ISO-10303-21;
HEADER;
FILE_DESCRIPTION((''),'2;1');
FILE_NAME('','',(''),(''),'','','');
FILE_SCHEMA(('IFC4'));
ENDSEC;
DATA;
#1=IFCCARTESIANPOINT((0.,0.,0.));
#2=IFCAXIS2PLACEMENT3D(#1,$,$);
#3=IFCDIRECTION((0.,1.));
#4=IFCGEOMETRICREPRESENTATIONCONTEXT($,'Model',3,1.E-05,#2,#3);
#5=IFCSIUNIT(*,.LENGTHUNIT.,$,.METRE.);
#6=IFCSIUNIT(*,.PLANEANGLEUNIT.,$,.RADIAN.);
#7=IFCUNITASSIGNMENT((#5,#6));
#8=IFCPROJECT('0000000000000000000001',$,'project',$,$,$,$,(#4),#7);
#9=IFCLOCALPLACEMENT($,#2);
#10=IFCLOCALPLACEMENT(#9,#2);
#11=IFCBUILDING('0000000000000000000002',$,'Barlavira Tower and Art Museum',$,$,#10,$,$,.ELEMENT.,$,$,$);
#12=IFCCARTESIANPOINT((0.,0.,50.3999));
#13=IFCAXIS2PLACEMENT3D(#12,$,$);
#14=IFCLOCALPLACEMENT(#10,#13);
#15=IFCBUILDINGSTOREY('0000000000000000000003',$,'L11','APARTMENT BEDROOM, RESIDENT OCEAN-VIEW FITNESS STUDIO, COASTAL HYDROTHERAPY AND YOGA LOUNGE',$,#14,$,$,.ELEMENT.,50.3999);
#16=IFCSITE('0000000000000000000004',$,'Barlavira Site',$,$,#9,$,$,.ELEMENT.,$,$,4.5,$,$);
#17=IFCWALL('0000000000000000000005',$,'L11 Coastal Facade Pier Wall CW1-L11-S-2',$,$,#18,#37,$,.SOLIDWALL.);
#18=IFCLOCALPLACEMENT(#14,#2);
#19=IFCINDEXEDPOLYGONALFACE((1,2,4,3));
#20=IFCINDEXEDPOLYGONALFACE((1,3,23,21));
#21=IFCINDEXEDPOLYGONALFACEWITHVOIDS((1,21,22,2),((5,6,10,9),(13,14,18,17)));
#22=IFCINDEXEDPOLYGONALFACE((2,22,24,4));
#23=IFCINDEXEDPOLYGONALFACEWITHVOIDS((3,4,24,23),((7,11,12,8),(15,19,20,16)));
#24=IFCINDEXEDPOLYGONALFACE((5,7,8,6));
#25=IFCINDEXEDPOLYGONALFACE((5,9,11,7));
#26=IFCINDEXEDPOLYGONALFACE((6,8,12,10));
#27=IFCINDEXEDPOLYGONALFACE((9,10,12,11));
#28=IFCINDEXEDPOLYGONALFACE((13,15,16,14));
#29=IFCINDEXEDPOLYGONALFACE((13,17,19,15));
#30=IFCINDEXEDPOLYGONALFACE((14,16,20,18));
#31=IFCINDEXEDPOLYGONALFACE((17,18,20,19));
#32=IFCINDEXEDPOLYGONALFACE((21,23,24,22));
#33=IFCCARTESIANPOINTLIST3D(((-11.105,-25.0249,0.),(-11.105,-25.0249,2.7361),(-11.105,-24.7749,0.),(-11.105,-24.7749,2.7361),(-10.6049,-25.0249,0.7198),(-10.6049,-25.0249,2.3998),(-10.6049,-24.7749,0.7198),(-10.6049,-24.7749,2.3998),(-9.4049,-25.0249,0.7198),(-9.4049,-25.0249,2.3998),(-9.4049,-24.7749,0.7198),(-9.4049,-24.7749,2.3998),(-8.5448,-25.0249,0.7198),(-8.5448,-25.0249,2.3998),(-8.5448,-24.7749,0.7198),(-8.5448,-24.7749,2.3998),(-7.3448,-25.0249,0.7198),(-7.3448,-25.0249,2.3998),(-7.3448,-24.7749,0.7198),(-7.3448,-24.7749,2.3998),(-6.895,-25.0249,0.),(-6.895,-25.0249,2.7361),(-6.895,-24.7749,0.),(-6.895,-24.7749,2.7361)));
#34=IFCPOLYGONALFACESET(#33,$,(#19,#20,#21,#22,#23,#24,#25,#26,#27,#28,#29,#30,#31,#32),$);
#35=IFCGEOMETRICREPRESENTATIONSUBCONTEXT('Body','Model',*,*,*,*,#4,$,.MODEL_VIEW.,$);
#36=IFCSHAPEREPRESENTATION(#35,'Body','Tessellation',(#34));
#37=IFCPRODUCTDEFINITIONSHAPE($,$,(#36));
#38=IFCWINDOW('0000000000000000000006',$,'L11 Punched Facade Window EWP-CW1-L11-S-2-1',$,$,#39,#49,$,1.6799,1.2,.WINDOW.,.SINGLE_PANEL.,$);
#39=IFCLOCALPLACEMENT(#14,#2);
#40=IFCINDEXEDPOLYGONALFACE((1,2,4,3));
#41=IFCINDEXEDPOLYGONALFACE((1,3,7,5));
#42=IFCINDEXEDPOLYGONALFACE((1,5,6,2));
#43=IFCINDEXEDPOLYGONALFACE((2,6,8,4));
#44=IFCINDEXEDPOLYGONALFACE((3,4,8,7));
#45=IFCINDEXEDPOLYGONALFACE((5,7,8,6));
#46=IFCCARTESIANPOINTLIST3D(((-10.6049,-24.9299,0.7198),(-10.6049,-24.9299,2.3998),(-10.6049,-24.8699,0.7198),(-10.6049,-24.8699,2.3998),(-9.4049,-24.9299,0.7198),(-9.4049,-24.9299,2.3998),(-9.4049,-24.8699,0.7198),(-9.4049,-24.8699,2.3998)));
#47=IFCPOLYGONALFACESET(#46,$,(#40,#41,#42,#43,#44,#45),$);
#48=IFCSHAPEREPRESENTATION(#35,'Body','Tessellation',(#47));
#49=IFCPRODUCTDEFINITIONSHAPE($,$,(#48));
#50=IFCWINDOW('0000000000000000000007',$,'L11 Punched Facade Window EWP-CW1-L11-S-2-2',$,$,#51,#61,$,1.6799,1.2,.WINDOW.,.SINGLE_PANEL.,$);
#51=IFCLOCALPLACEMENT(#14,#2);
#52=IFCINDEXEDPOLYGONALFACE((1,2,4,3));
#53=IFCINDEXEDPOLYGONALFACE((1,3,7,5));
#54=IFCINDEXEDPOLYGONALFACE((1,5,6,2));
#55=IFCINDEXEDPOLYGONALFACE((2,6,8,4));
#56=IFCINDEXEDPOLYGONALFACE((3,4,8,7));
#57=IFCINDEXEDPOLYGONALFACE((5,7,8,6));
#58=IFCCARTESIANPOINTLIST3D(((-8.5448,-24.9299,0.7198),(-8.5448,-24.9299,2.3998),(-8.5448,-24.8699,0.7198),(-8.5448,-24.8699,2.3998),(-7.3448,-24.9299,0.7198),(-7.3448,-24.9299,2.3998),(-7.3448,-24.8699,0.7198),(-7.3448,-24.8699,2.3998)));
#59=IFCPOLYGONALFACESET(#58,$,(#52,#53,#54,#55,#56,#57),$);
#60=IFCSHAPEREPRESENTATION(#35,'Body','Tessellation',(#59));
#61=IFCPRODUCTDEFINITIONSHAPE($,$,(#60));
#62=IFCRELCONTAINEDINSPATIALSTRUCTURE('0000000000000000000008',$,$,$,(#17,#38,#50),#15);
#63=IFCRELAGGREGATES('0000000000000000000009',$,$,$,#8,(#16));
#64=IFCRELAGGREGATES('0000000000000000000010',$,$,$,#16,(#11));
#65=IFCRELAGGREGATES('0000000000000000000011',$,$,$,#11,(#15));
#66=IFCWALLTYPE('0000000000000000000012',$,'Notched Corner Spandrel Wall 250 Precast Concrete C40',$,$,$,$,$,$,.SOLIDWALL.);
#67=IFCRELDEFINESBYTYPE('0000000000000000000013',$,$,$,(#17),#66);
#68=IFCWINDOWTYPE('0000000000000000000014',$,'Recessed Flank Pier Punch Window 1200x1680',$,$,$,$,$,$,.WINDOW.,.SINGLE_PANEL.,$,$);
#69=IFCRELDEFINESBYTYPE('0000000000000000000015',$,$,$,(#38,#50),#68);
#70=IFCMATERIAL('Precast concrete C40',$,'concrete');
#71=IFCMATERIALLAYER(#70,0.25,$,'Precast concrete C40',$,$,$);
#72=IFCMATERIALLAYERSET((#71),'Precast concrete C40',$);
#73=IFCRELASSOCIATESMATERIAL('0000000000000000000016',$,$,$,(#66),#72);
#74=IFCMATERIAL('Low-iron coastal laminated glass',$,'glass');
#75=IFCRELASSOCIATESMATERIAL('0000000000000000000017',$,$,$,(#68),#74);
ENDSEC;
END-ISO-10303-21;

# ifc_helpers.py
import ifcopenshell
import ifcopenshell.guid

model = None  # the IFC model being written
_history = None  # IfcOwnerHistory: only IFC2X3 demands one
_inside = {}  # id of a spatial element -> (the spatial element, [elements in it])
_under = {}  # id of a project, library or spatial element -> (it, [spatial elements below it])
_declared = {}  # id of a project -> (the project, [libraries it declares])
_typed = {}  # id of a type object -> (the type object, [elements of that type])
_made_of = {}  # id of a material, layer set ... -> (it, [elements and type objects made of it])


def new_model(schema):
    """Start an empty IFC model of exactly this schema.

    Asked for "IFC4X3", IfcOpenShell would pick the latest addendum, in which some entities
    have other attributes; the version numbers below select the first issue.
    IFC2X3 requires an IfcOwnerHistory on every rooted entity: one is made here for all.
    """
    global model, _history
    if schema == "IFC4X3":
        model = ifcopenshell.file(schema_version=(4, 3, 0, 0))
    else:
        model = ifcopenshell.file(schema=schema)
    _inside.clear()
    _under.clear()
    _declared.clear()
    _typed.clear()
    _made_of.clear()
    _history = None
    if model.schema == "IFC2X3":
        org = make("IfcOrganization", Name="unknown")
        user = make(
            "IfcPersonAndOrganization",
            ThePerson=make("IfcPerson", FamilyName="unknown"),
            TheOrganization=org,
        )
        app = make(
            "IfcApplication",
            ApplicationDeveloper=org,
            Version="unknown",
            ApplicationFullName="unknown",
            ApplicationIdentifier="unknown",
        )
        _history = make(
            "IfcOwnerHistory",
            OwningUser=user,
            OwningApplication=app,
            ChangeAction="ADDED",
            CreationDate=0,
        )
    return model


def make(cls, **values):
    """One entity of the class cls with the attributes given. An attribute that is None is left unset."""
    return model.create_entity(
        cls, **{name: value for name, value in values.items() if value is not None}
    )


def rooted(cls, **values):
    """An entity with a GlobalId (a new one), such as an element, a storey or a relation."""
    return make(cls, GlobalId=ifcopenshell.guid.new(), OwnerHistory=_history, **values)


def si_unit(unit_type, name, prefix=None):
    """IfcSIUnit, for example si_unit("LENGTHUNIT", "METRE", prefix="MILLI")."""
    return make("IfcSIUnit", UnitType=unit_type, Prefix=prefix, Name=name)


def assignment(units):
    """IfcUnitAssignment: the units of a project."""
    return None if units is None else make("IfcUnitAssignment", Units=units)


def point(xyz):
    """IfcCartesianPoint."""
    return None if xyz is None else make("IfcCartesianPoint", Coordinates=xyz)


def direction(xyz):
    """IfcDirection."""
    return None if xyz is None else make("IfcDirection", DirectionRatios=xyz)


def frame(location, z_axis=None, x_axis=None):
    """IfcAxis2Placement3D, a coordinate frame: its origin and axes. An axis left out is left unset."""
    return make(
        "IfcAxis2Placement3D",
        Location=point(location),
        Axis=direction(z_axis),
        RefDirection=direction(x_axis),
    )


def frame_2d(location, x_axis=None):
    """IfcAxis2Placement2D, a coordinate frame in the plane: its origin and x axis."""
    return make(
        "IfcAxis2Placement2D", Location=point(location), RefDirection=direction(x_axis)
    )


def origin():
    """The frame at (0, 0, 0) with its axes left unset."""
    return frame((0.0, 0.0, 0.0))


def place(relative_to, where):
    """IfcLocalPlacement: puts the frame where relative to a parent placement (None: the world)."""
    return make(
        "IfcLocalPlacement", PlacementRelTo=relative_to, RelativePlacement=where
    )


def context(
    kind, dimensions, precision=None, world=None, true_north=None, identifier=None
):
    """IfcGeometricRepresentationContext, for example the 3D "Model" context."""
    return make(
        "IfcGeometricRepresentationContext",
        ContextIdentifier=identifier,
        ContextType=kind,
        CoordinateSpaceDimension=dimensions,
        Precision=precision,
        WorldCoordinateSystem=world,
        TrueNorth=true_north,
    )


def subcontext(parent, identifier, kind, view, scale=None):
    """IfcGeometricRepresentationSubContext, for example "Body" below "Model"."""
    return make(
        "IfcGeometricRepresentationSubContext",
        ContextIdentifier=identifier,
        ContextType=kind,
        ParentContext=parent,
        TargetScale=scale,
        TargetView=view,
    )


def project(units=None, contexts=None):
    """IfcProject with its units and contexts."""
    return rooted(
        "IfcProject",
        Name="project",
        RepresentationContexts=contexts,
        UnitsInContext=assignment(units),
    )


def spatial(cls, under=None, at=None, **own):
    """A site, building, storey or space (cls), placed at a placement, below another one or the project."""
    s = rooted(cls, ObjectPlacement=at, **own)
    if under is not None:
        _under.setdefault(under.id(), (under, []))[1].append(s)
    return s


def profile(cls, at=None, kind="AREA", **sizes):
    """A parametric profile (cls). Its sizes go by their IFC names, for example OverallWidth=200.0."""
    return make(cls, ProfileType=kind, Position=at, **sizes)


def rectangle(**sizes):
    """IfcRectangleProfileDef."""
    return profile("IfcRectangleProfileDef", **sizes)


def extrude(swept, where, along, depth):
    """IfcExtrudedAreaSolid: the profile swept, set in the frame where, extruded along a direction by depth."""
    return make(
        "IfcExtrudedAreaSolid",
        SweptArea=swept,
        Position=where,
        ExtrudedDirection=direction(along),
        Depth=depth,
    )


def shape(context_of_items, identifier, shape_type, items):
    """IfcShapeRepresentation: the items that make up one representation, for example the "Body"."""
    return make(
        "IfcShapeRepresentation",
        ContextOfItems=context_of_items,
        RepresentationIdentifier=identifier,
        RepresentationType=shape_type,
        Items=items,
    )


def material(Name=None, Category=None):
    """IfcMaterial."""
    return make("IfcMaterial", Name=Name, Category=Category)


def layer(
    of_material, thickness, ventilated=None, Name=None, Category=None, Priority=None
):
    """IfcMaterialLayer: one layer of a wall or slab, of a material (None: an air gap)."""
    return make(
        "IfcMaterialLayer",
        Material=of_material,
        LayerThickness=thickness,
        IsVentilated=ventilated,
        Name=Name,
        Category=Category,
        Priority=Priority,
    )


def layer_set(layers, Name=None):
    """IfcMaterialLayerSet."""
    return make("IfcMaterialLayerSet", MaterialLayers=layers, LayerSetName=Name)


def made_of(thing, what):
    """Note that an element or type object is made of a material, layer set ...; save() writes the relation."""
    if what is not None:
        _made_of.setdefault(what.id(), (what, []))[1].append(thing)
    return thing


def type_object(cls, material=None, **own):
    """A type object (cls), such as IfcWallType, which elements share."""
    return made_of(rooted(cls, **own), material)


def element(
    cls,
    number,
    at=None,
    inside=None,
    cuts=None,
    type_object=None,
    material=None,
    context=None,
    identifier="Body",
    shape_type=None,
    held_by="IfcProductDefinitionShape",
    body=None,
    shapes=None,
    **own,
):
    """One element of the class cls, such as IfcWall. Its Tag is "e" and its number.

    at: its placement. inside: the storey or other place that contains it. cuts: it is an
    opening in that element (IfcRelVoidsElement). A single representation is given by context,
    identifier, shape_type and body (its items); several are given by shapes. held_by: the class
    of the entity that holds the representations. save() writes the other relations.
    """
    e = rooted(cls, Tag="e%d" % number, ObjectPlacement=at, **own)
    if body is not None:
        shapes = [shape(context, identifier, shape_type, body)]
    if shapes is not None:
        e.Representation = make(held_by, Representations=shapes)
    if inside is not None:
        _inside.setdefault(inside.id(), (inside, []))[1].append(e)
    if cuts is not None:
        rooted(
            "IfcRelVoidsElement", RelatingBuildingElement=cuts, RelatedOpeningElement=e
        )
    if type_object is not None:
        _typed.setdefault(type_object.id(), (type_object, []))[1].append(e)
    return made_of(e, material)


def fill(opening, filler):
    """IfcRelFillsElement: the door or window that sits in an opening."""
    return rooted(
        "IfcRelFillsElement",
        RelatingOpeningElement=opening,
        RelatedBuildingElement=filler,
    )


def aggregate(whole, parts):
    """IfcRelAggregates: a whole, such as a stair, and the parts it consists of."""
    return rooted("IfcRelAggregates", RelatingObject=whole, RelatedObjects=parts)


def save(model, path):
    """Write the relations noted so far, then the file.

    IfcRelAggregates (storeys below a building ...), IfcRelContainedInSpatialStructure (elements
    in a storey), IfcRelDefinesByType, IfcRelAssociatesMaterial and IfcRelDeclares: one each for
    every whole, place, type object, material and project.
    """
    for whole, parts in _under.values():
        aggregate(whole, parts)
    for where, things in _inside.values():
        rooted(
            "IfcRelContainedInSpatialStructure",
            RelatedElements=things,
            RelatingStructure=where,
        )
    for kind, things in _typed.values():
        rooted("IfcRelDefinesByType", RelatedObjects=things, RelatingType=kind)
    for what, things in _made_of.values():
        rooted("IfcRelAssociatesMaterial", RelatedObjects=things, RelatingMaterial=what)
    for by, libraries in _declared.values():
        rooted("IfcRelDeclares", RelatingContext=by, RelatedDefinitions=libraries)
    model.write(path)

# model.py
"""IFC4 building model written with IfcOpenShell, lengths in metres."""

from ifc_helpers import new_model, si_unit, direction, frame, frame_2d, origin, place, context, subcontext, project, spatial, rectangle, extrude, material, layer, layer_set, type_object, element, fill, save


model = new_model("IFC4")

# Units and contexts
model_context = context("Model", 3, precision=1e-05, world=origin(), true_north=direction((0.0, 1.0)))
body_context = subcontext(model_context, "Body", "Model", "MODEL_VIEW")
ifc_project = project(units=[si_unit("LENGTHUNIT", "METRE"), si_unit("PLANEANGLEUNIT", "RADIAN")], contexts=[model_context])

# Site, building, storey
site_placement = place(None, origin())
site = spatial("IfcSite", under=ifc_project, at=site_placement, Name="Barlavira Site", CompositionType="ELEMENT", RefElevation=4.5)
building_placement = place(site_placement, origin())
building = spatial("IfcBuilding", under=site, at=building_placement, Name="Barlavira Tower and Art Museum", CompositionType="ELEMENT")
storey_placement = place(building_placement, frame((0.0, 0.0, 50.3999)))
storey = spatial("IfcBuildingStorey", under=building, at=storey_placement, Name="L11", Description="APARTMENT BEDROOM, RESIDENT OCEAN-VIEW FITNESS STUDIO, COASTAL HYDROTHERAPY AND YOGA LOUNGE", CompositionType="ELEMENT", Elevation=50.3999)

# Wall, openings, windows
ifc_material_1 = material(Name="Precast concrete C40", Category="concrete")
ifc_layer_1 = layer(ifc_material_1, 0.25, Name="Precast concrete C40")
ifc_layer_set_1 = layer_set([ifc_layer_1], Name="Precast concrete C40")
wall_type_1 = type_object("IfcWallType", Name="Notched Corner Spandrel Wall 250 Precast Concrete C40", PredefinedType="SOLIDWALL", material=ifc_layer_set_1)
wall_1_placement = place(storey_placement, frame((-11.105, -24.8999, 0.0), z_axis=(0.0, 0.0, 1.0), x_axis=(1.0, 0.0, 0.0)))
wall_1 = element("IfcWall", 1, at=wall_1_placement, inside=storey, type_object=wall_type_1, Name="L11 Coastal Facade Pier Wall CW1-L11-S-2", PredefinedType="SOLIDWALL", context=body_context, shape_type="SweptSolid", body=[
    extrude(rectangle(XDim=4.21, YDim=0.25, at=frame_2d((2.105, 0.0))), origin(), (0.0, 0.0, 1.0), 2.7361),
])
opening_1_placement = place(wall_1_placement, frame((0.5, 0.0, 0.72)))
opening_1 = element("IfcOpeningElement", 2, at=opening_1_placement, cuts=wall_1, PredefinedType="OPENING", context=body_context, shape_type="SweptSolid", body=[
    extrude(rectangle(XDim=1.2, YDim=1.6799, at=frame_2d((0.6001, 0.8398))), frame((0.0, 0.135, 0.0), z_axis=(0.0, -1.0, 0.0), x_axis=(1.0, 0.0, 0.0)), (0.0, 0.0, 1.0), 0.27),
])
opening_2_placement = place(wall_1_placement, frame((2.5601, 0.0, 0.72)))
opening_2 = element("IfcOpeningElement", 3, at=opening_2_placement, cuts=wall_1, PredefinedType="OPENING", context=body_context, shape_type="SweptSolid", body=[
    extrude(rectangle(XDim=1.2, YDim=1.6799, at=frame_2d((0.6001, 0.8398))), frame((0.0, 0.135, 0.0), z_axis=(0.0, -1.0, 0.0), x_axis=(1.0, 0.0, 0.0)), (0.0, 0.0, 1.0), 0.27),
])
ifc_material_2 = material(Name="Low-iron coastal laminated glass", Category="glass")
window_type = type_object("IfcWindowType", Name="Recessed Flank Pier Punch Window 1200x1680", PartitioningType="SINGLE_PANEL", PredefinedType="WINDOW", material=ifc_material_2)
window_1_placement = place(opening_1_placement, origin())
window_1 = element("IfcWindow", 4, at=window_1_placement, inside=storey, type_object=window_type, Name="L11 Punched Facade Window EWP-CW1-L11-S-2-1", OverallHeight=1.6799, OverallWidth=1.2, PartitioningType="SINGLE_PANEL", PredefinedType="WINDOW", context=body_context, shape_type="SweptSolid", body=[
    extrude(rectangle(XDim=1.2, YDim=1.6799, at=frame_2d((0.6001, 0.8398))), frame((0.0, 0.03, 0.0), z_axis=(0.0, -1.0, 0.0), x_axis=(1.0, 0.0, 0.0)), (0.0, 0.0, 1.0), 0.0601),
])
fill(opening_1, window_1)
window_2_placement = place(opening_2_placement, origin())
window_2 = element("IfcWindow", 5, at=window_2_placement, inside=storey, type_object=window_type, Name="L11 Punched Facade Window EWP-CW1-L11-S-2-2", OverallHeight=1.6799, OverallWidth=1.2, PartitioningType="SINGLE_PANEL", PredefinedType="WINDOW", context=body_context, shape_type="SweptSolid", body=[
    extrude(rectangle(XDim=1.2, YDim=1.6799, at=frame_2d((0.6001, 0.8398))), frame((0.0, 0.03, 0.0), z_axis=(0.0, -1.0, 0.0), x_axis=(1.0, 0.0, 0.0)), (0.0, 0.0, 1.0), 0.0601),
])
fill(opening_2, window_2)

save(model, "model.ifc")
